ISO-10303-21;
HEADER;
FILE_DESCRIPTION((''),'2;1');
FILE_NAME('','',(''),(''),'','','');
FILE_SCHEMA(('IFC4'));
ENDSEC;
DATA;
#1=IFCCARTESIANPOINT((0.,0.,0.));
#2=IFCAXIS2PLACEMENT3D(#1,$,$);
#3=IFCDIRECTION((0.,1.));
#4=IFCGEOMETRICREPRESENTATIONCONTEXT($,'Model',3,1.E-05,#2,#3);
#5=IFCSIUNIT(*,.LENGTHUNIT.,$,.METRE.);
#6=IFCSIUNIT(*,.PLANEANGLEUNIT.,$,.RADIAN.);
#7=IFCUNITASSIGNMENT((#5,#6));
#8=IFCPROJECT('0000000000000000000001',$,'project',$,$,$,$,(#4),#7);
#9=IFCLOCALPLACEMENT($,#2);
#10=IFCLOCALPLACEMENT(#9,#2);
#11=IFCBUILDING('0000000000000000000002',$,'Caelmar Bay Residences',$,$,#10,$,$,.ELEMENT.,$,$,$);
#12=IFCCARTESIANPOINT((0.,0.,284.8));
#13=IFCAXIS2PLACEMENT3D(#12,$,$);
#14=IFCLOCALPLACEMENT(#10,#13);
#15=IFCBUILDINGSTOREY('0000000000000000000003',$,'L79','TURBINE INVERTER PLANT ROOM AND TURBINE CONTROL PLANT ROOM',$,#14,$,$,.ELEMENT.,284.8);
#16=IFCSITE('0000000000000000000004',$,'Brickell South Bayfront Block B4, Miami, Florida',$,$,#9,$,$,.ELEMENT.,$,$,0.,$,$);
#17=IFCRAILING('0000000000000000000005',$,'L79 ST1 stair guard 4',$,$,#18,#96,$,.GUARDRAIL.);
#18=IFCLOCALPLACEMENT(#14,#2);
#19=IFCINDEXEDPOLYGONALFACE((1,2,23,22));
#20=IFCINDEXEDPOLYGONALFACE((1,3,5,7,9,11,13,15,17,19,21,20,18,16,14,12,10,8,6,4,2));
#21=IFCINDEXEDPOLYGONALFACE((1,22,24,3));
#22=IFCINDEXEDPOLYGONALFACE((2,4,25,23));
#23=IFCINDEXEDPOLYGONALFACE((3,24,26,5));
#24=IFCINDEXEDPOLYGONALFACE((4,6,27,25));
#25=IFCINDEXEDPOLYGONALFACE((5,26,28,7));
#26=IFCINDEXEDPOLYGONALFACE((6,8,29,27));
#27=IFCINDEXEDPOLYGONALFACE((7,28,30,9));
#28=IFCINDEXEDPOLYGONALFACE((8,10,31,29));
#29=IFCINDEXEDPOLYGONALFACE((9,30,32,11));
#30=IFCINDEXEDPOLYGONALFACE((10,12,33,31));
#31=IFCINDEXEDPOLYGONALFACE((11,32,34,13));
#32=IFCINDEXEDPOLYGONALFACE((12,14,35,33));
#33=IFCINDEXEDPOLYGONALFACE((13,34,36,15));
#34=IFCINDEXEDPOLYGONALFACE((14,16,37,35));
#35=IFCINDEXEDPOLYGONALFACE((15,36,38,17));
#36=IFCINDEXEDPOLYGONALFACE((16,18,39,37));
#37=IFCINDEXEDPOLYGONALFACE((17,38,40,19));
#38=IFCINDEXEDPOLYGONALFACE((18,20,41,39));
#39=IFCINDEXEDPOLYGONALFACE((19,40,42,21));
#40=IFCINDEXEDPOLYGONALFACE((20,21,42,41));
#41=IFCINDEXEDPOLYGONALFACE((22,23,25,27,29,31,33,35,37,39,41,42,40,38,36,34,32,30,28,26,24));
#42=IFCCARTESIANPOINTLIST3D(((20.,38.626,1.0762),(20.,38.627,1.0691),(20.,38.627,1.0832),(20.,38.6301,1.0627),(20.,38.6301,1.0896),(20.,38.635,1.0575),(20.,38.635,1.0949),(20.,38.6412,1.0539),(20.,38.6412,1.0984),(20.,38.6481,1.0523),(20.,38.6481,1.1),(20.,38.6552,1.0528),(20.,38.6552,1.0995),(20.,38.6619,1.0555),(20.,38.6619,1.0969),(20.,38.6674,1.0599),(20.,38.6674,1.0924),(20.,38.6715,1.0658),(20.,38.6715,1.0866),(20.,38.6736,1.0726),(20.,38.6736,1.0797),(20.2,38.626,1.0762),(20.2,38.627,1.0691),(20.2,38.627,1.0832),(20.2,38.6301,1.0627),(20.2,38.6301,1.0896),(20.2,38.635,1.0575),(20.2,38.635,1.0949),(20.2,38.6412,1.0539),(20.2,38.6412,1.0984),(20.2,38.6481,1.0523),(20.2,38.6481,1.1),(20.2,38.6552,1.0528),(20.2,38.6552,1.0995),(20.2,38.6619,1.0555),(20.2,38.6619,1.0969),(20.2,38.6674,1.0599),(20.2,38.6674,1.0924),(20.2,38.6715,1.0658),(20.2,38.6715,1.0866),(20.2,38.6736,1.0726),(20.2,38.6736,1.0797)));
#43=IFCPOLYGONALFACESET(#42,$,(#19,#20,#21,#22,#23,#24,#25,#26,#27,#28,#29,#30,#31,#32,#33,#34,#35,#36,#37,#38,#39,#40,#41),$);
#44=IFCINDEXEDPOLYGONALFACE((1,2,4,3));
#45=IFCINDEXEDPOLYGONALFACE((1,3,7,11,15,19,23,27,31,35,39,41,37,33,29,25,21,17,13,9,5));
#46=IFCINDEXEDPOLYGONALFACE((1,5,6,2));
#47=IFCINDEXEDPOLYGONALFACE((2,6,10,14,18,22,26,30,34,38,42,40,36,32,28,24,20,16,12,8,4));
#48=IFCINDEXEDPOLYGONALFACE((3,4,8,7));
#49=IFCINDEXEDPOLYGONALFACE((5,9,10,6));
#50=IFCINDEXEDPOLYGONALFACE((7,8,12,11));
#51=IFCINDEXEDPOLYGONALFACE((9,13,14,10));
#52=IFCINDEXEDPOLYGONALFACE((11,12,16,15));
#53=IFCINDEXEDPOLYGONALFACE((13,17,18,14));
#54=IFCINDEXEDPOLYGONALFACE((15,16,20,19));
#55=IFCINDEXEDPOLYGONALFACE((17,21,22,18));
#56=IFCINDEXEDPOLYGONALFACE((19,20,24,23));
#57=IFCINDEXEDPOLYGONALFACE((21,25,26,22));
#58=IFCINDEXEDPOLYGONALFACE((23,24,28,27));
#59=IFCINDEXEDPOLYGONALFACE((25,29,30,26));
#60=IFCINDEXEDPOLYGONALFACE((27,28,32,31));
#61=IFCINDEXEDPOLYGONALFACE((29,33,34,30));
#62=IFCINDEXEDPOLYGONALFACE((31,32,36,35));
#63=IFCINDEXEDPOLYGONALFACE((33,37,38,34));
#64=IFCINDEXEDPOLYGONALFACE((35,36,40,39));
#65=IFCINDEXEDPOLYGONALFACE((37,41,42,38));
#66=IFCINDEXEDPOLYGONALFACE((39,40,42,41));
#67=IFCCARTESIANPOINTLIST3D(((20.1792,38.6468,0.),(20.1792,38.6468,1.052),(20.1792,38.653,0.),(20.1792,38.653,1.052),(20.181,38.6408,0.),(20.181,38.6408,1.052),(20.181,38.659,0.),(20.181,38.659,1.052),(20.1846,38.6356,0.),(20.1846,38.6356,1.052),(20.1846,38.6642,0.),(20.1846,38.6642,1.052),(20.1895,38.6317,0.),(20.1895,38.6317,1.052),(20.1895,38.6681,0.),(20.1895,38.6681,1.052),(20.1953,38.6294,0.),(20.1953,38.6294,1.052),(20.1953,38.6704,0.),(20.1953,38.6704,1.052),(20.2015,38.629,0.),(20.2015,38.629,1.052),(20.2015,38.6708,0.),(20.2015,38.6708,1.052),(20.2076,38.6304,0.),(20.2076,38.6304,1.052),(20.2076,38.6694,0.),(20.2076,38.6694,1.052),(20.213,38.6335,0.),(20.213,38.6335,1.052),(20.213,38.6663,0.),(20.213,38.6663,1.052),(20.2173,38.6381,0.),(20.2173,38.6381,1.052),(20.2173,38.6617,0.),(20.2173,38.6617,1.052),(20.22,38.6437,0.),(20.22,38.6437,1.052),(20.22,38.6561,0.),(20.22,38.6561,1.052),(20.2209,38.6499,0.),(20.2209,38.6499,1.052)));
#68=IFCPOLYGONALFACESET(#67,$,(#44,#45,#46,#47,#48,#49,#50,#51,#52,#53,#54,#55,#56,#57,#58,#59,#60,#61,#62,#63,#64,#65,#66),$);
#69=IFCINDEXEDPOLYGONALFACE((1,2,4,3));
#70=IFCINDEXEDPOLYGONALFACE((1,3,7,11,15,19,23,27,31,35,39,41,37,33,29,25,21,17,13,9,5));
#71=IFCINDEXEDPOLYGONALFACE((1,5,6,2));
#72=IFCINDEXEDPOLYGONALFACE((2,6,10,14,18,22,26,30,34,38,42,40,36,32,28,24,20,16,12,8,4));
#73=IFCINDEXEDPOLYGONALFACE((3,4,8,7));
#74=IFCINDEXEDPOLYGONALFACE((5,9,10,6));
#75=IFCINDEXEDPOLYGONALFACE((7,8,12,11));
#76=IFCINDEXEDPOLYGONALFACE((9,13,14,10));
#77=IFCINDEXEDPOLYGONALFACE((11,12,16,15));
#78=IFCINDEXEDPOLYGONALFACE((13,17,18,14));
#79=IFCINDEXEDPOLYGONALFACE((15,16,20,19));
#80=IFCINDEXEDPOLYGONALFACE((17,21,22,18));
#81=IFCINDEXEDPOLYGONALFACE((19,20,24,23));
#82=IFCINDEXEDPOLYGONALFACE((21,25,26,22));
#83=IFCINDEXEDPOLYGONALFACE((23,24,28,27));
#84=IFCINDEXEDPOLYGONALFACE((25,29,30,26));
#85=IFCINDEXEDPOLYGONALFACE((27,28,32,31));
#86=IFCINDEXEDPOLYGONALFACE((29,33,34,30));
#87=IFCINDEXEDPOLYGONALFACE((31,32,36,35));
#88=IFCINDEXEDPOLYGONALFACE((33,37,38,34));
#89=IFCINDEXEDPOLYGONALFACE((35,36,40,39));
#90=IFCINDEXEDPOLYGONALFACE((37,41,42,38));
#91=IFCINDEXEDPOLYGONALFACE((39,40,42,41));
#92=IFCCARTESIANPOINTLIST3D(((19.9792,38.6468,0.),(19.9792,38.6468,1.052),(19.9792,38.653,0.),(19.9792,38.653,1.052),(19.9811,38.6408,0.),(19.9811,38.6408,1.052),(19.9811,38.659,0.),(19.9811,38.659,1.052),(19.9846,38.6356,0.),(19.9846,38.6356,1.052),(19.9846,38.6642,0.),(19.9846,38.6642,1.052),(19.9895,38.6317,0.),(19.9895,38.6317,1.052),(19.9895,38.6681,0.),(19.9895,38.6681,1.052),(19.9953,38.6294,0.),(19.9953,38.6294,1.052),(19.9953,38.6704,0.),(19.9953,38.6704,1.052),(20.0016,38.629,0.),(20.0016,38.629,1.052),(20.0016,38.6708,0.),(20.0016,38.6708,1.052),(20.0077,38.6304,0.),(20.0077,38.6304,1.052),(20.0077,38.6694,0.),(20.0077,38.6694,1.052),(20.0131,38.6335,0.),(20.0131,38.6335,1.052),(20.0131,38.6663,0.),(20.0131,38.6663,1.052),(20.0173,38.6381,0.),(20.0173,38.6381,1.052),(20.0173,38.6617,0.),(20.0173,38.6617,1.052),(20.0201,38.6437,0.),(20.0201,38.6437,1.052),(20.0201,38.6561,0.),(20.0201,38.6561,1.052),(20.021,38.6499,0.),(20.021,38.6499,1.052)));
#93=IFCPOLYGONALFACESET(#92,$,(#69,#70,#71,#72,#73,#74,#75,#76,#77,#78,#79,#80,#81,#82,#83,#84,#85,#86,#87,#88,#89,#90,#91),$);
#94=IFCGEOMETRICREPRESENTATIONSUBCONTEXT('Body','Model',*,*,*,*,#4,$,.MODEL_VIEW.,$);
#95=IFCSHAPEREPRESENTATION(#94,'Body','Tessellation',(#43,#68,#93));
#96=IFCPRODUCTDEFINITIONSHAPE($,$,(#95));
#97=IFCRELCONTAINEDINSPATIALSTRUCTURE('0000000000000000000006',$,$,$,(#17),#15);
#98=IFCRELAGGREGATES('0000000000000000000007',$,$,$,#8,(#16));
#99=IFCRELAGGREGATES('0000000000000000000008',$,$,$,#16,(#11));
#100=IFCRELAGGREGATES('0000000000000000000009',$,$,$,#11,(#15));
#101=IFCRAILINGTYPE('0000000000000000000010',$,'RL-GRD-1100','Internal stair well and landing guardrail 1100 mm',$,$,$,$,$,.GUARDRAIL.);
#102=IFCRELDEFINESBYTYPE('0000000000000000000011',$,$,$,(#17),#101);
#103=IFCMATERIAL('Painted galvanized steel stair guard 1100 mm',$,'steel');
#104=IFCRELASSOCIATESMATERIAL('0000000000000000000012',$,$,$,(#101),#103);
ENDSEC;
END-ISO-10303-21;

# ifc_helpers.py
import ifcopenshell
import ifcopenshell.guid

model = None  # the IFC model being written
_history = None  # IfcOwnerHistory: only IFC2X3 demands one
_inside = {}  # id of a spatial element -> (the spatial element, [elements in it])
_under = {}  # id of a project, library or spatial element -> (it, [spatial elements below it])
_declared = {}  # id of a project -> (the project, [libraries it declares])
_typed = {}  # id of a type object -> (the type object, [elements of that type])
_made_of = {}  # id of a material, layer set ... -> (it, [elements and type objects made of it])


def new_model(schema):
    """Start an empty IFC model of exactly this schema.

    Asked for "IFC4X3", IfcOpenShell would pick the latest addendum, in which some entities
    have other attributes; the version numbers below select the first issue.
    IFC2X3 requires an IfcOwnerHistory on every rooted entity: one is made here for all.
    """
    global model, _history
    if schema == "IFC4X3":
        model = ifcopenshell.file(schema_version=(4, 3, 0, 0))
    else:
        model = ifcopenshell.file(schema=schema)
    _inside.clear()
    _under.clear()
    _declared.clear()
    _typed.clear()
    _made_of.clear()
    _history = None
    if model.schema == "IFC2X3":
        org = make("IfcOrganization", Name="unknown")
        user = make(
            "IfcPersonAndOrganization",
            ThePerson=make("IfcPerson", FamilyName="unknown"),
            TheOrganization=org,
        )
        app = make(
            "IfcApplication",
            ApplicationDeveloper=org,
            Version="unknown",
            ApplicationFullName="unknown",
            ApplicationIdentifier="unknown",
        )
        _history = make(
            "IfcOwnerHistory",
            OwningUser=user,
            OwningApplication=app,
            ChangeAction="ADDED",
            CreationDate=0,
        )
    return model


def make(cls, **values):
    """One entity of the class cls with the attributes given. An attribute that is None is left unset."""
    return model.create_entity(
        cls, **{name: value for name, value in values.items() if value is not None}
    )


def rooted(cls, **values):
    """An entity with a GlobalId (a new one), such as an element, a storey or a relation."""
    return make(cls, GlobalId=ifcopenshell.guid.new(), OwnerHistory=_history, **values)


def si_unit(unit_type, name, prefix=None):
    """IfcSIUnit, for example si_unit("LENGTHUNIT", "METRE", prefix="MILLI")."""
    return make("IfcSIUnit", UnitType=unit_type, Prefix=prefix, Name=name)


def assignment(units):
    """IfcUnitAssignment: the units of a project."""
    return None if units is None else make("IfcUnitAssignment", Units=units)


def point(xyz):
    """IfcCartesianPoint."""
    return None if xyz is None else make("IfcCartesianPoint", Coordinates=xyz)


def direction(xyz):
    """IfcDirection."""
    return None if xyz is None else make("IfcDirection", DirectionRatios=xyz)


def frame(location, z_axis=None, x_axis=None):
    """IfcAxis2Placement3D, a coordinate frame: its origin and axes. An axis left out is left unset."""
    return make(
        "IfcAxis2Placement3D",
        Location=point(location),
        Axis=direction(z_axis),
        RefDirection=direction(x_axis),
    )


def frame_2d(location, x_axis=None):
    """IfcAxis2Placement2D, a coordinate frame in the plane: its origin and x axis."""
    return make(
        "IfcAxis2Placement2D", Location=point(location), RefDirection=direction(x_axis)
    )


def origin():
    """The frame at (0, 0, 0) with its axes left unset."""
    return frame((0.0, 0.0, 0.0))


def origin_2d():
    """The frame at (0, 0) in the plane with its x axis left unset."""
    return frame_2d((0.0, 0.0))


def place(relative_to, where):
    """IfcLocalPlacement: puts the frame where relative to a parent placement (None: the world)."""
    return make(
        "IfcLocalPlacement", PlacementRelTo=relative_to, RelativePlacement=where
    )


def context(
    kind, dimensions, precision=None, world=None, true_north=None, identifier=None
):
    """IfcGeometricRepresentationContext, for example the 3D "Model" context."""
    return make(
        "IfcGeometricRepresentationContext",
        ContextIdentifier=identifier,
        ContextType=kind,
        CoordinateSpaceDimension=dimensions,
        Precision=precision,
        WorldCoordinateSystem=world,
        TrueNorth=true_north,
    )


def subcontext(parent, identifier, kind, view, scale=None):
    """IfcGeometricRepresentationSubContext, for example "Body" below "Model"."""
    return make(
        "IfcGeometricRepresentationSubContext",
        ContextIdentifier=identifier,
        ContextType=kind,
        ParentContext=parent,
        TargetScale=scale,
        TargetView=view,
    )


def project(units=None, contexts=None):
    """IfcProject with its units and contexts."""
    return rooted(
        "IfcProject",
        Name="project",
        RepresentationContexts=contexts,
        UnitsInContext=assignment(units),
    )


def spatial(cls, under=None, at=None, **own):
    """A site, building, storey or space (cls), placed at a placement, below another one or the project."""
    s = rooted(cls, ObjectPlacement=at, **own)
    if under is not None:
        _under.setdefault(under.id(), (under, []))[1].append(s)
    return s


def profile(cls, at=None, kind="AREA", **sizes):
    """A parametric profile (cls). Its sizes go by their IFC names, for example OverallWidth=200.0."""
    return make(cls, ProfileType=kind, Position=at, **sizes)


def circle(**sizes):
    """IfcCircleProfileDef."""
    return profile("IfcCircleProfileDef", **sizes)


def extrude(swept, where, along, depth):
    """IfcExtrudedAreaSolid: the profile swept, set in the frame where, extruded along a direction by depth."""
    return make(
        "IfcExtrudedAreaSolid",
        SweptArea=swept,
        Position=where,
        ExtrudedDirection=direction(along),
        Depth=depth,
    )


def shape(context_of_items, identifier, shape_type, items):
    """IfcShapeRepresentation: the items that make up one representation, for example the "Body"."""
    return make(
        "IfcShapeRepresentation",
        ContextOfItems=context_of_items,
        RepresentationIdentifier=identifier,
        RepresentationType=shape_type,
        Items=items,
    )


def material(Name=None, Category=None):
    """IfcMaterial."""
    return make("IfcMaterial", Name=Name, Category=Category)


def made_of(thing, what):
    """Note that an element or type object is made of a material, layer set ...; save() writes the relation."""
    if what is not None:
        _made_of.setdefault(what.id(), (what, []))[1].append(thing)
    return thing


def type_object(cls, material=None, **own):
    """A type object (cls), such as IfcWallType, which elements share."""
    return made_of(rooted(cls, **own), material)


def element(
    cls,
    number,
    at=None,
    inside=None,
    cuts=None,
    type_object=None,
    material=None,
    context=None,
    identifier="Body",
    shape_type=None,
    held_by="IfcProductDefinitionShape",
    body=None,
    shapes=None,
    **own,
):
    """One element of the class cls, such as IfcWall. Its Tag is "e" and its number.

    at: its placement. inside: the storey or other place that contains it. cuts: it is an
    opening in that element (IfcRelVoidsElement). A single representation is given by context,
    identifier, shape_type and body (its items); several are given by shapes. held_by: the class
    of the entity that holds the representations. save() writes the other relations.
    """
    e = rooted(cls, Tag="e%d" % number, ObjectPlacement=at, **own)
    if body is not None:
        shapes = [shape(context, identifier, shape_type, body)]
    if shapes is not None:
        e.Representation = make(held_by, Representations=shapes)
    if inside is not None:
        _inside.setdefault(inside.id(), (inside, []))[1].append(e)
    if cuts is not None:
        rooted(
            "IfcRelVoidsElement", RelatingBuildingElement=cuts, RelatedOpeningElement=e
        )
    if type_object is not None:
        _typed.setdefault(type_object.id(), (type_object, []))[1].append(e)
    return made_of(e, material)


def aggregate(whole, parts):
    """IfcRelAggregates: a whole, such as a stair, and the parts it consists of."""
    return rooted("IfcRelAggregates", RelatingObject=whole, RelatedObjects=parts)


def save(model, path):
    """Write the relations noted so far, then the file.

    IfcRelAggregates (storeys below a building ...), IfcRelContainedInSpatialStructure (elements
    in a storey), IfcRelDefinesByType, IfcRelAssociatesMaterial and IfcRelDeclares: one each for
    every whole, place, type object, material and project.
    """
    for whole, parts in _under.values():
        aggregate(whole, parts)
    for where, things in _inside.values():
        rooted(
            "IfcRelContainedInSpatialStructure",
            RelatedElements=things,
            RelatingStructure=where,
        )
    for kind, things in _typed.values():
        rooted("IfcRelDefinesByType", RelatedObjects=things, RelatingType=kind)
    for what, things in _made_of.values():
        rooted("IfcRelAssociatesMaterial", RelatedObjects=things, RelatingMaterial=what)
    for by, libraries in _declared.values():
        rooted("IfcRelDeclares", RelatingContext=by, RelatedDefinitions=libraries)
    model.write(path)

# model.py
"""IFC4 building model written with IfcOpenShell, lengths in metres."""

from ifc_helpers import new_model, si_unit, direction, frame, origin, origin_2d, place, context, subcontext, project, spatial, circle, extrude, material, type_object, element, save


model = new_model("IFC4")

# Units and contexts
model_context = context("Model", 3, precision=1e-05, world=origin(), true_north=direction((0.0, 1.0)))
body_context = subcontext(model_context, "Body", "Model", "MODEL_VIEW")
ifc_project = project(units=[si_unit("LENGTHUNIT", "METRE"), si_unit("PLANEANGLEUNIT", "RADIAN")], contexts=[model_context])

# Site, building, storey
site_placement = place(None, origin())
site = spatial("IfcSite", under=ifc_project, at=site_placement, Name="Brickell South Bayfront Block B4, Miami, Florida", CompositionType="ELEMENT", RefElevation=0.0)
building_placement = place(site_placement, origin())
building = spatial("IfcBuilding", under=site, at=building_placement, Name="Caelmar Bay Residences", CompositionType="ELEMENT")
storey_placement = place(building_placement, frame((0.0, 0.0, 284.8)))
storey = spatial("IfcBuildingStorey", under=building, at=storey_placement, Name="L79", Description="TURBINE INVERTER PLANT ROOM AND TURBINE CONTROL PLANT ROOM", CompositionType="ELEMENT", Elevation=284.8)

# Railing
ifc_material_1 = material(Name="Painted galvanized steel stair guard 1100 mm", Category="steel")
railing_type_1 = type_object("IfcRailingType", Name="RL-GRD-1100", Description="Internal stair well and landing guardrail 1100 mm", PredefinedType="GUARDRAIL", material=ifc_material_1)
railing_1_placement = place(storey_placement, frame((20.2, 38.6499, 0.0)))
element("IfcRailing", 1, at=railing_1_placement, inside=storey, type_object=railing_type_1, Name="L79 ST1 stair guard 4", PredefinedType="GUARDRAIL", context=body_context, shape_type="SweptSolid", body=[
    extrude(circle(Radius=0.0239, at=origin_2d()), frame((0.0, 0.0, 1.0762), z_axis=(-1.0, 0.0, 0.0), x_axis=(0.0, -1.0, 0.0)), (0.0, 0.0, 1.0), 0.2),
    extrude(circle(Radius=0.021, at=origin_2d()), origin(), (0.0, 0.0, 1.0), 1.052),
    extrude(circle(Radius=0.021, at=origin_2d()), frame((-0.2, 0.0, 0.0)), (0.0, 0.0, 1.0), 1.052),
])

save(model, "model.ifc")
